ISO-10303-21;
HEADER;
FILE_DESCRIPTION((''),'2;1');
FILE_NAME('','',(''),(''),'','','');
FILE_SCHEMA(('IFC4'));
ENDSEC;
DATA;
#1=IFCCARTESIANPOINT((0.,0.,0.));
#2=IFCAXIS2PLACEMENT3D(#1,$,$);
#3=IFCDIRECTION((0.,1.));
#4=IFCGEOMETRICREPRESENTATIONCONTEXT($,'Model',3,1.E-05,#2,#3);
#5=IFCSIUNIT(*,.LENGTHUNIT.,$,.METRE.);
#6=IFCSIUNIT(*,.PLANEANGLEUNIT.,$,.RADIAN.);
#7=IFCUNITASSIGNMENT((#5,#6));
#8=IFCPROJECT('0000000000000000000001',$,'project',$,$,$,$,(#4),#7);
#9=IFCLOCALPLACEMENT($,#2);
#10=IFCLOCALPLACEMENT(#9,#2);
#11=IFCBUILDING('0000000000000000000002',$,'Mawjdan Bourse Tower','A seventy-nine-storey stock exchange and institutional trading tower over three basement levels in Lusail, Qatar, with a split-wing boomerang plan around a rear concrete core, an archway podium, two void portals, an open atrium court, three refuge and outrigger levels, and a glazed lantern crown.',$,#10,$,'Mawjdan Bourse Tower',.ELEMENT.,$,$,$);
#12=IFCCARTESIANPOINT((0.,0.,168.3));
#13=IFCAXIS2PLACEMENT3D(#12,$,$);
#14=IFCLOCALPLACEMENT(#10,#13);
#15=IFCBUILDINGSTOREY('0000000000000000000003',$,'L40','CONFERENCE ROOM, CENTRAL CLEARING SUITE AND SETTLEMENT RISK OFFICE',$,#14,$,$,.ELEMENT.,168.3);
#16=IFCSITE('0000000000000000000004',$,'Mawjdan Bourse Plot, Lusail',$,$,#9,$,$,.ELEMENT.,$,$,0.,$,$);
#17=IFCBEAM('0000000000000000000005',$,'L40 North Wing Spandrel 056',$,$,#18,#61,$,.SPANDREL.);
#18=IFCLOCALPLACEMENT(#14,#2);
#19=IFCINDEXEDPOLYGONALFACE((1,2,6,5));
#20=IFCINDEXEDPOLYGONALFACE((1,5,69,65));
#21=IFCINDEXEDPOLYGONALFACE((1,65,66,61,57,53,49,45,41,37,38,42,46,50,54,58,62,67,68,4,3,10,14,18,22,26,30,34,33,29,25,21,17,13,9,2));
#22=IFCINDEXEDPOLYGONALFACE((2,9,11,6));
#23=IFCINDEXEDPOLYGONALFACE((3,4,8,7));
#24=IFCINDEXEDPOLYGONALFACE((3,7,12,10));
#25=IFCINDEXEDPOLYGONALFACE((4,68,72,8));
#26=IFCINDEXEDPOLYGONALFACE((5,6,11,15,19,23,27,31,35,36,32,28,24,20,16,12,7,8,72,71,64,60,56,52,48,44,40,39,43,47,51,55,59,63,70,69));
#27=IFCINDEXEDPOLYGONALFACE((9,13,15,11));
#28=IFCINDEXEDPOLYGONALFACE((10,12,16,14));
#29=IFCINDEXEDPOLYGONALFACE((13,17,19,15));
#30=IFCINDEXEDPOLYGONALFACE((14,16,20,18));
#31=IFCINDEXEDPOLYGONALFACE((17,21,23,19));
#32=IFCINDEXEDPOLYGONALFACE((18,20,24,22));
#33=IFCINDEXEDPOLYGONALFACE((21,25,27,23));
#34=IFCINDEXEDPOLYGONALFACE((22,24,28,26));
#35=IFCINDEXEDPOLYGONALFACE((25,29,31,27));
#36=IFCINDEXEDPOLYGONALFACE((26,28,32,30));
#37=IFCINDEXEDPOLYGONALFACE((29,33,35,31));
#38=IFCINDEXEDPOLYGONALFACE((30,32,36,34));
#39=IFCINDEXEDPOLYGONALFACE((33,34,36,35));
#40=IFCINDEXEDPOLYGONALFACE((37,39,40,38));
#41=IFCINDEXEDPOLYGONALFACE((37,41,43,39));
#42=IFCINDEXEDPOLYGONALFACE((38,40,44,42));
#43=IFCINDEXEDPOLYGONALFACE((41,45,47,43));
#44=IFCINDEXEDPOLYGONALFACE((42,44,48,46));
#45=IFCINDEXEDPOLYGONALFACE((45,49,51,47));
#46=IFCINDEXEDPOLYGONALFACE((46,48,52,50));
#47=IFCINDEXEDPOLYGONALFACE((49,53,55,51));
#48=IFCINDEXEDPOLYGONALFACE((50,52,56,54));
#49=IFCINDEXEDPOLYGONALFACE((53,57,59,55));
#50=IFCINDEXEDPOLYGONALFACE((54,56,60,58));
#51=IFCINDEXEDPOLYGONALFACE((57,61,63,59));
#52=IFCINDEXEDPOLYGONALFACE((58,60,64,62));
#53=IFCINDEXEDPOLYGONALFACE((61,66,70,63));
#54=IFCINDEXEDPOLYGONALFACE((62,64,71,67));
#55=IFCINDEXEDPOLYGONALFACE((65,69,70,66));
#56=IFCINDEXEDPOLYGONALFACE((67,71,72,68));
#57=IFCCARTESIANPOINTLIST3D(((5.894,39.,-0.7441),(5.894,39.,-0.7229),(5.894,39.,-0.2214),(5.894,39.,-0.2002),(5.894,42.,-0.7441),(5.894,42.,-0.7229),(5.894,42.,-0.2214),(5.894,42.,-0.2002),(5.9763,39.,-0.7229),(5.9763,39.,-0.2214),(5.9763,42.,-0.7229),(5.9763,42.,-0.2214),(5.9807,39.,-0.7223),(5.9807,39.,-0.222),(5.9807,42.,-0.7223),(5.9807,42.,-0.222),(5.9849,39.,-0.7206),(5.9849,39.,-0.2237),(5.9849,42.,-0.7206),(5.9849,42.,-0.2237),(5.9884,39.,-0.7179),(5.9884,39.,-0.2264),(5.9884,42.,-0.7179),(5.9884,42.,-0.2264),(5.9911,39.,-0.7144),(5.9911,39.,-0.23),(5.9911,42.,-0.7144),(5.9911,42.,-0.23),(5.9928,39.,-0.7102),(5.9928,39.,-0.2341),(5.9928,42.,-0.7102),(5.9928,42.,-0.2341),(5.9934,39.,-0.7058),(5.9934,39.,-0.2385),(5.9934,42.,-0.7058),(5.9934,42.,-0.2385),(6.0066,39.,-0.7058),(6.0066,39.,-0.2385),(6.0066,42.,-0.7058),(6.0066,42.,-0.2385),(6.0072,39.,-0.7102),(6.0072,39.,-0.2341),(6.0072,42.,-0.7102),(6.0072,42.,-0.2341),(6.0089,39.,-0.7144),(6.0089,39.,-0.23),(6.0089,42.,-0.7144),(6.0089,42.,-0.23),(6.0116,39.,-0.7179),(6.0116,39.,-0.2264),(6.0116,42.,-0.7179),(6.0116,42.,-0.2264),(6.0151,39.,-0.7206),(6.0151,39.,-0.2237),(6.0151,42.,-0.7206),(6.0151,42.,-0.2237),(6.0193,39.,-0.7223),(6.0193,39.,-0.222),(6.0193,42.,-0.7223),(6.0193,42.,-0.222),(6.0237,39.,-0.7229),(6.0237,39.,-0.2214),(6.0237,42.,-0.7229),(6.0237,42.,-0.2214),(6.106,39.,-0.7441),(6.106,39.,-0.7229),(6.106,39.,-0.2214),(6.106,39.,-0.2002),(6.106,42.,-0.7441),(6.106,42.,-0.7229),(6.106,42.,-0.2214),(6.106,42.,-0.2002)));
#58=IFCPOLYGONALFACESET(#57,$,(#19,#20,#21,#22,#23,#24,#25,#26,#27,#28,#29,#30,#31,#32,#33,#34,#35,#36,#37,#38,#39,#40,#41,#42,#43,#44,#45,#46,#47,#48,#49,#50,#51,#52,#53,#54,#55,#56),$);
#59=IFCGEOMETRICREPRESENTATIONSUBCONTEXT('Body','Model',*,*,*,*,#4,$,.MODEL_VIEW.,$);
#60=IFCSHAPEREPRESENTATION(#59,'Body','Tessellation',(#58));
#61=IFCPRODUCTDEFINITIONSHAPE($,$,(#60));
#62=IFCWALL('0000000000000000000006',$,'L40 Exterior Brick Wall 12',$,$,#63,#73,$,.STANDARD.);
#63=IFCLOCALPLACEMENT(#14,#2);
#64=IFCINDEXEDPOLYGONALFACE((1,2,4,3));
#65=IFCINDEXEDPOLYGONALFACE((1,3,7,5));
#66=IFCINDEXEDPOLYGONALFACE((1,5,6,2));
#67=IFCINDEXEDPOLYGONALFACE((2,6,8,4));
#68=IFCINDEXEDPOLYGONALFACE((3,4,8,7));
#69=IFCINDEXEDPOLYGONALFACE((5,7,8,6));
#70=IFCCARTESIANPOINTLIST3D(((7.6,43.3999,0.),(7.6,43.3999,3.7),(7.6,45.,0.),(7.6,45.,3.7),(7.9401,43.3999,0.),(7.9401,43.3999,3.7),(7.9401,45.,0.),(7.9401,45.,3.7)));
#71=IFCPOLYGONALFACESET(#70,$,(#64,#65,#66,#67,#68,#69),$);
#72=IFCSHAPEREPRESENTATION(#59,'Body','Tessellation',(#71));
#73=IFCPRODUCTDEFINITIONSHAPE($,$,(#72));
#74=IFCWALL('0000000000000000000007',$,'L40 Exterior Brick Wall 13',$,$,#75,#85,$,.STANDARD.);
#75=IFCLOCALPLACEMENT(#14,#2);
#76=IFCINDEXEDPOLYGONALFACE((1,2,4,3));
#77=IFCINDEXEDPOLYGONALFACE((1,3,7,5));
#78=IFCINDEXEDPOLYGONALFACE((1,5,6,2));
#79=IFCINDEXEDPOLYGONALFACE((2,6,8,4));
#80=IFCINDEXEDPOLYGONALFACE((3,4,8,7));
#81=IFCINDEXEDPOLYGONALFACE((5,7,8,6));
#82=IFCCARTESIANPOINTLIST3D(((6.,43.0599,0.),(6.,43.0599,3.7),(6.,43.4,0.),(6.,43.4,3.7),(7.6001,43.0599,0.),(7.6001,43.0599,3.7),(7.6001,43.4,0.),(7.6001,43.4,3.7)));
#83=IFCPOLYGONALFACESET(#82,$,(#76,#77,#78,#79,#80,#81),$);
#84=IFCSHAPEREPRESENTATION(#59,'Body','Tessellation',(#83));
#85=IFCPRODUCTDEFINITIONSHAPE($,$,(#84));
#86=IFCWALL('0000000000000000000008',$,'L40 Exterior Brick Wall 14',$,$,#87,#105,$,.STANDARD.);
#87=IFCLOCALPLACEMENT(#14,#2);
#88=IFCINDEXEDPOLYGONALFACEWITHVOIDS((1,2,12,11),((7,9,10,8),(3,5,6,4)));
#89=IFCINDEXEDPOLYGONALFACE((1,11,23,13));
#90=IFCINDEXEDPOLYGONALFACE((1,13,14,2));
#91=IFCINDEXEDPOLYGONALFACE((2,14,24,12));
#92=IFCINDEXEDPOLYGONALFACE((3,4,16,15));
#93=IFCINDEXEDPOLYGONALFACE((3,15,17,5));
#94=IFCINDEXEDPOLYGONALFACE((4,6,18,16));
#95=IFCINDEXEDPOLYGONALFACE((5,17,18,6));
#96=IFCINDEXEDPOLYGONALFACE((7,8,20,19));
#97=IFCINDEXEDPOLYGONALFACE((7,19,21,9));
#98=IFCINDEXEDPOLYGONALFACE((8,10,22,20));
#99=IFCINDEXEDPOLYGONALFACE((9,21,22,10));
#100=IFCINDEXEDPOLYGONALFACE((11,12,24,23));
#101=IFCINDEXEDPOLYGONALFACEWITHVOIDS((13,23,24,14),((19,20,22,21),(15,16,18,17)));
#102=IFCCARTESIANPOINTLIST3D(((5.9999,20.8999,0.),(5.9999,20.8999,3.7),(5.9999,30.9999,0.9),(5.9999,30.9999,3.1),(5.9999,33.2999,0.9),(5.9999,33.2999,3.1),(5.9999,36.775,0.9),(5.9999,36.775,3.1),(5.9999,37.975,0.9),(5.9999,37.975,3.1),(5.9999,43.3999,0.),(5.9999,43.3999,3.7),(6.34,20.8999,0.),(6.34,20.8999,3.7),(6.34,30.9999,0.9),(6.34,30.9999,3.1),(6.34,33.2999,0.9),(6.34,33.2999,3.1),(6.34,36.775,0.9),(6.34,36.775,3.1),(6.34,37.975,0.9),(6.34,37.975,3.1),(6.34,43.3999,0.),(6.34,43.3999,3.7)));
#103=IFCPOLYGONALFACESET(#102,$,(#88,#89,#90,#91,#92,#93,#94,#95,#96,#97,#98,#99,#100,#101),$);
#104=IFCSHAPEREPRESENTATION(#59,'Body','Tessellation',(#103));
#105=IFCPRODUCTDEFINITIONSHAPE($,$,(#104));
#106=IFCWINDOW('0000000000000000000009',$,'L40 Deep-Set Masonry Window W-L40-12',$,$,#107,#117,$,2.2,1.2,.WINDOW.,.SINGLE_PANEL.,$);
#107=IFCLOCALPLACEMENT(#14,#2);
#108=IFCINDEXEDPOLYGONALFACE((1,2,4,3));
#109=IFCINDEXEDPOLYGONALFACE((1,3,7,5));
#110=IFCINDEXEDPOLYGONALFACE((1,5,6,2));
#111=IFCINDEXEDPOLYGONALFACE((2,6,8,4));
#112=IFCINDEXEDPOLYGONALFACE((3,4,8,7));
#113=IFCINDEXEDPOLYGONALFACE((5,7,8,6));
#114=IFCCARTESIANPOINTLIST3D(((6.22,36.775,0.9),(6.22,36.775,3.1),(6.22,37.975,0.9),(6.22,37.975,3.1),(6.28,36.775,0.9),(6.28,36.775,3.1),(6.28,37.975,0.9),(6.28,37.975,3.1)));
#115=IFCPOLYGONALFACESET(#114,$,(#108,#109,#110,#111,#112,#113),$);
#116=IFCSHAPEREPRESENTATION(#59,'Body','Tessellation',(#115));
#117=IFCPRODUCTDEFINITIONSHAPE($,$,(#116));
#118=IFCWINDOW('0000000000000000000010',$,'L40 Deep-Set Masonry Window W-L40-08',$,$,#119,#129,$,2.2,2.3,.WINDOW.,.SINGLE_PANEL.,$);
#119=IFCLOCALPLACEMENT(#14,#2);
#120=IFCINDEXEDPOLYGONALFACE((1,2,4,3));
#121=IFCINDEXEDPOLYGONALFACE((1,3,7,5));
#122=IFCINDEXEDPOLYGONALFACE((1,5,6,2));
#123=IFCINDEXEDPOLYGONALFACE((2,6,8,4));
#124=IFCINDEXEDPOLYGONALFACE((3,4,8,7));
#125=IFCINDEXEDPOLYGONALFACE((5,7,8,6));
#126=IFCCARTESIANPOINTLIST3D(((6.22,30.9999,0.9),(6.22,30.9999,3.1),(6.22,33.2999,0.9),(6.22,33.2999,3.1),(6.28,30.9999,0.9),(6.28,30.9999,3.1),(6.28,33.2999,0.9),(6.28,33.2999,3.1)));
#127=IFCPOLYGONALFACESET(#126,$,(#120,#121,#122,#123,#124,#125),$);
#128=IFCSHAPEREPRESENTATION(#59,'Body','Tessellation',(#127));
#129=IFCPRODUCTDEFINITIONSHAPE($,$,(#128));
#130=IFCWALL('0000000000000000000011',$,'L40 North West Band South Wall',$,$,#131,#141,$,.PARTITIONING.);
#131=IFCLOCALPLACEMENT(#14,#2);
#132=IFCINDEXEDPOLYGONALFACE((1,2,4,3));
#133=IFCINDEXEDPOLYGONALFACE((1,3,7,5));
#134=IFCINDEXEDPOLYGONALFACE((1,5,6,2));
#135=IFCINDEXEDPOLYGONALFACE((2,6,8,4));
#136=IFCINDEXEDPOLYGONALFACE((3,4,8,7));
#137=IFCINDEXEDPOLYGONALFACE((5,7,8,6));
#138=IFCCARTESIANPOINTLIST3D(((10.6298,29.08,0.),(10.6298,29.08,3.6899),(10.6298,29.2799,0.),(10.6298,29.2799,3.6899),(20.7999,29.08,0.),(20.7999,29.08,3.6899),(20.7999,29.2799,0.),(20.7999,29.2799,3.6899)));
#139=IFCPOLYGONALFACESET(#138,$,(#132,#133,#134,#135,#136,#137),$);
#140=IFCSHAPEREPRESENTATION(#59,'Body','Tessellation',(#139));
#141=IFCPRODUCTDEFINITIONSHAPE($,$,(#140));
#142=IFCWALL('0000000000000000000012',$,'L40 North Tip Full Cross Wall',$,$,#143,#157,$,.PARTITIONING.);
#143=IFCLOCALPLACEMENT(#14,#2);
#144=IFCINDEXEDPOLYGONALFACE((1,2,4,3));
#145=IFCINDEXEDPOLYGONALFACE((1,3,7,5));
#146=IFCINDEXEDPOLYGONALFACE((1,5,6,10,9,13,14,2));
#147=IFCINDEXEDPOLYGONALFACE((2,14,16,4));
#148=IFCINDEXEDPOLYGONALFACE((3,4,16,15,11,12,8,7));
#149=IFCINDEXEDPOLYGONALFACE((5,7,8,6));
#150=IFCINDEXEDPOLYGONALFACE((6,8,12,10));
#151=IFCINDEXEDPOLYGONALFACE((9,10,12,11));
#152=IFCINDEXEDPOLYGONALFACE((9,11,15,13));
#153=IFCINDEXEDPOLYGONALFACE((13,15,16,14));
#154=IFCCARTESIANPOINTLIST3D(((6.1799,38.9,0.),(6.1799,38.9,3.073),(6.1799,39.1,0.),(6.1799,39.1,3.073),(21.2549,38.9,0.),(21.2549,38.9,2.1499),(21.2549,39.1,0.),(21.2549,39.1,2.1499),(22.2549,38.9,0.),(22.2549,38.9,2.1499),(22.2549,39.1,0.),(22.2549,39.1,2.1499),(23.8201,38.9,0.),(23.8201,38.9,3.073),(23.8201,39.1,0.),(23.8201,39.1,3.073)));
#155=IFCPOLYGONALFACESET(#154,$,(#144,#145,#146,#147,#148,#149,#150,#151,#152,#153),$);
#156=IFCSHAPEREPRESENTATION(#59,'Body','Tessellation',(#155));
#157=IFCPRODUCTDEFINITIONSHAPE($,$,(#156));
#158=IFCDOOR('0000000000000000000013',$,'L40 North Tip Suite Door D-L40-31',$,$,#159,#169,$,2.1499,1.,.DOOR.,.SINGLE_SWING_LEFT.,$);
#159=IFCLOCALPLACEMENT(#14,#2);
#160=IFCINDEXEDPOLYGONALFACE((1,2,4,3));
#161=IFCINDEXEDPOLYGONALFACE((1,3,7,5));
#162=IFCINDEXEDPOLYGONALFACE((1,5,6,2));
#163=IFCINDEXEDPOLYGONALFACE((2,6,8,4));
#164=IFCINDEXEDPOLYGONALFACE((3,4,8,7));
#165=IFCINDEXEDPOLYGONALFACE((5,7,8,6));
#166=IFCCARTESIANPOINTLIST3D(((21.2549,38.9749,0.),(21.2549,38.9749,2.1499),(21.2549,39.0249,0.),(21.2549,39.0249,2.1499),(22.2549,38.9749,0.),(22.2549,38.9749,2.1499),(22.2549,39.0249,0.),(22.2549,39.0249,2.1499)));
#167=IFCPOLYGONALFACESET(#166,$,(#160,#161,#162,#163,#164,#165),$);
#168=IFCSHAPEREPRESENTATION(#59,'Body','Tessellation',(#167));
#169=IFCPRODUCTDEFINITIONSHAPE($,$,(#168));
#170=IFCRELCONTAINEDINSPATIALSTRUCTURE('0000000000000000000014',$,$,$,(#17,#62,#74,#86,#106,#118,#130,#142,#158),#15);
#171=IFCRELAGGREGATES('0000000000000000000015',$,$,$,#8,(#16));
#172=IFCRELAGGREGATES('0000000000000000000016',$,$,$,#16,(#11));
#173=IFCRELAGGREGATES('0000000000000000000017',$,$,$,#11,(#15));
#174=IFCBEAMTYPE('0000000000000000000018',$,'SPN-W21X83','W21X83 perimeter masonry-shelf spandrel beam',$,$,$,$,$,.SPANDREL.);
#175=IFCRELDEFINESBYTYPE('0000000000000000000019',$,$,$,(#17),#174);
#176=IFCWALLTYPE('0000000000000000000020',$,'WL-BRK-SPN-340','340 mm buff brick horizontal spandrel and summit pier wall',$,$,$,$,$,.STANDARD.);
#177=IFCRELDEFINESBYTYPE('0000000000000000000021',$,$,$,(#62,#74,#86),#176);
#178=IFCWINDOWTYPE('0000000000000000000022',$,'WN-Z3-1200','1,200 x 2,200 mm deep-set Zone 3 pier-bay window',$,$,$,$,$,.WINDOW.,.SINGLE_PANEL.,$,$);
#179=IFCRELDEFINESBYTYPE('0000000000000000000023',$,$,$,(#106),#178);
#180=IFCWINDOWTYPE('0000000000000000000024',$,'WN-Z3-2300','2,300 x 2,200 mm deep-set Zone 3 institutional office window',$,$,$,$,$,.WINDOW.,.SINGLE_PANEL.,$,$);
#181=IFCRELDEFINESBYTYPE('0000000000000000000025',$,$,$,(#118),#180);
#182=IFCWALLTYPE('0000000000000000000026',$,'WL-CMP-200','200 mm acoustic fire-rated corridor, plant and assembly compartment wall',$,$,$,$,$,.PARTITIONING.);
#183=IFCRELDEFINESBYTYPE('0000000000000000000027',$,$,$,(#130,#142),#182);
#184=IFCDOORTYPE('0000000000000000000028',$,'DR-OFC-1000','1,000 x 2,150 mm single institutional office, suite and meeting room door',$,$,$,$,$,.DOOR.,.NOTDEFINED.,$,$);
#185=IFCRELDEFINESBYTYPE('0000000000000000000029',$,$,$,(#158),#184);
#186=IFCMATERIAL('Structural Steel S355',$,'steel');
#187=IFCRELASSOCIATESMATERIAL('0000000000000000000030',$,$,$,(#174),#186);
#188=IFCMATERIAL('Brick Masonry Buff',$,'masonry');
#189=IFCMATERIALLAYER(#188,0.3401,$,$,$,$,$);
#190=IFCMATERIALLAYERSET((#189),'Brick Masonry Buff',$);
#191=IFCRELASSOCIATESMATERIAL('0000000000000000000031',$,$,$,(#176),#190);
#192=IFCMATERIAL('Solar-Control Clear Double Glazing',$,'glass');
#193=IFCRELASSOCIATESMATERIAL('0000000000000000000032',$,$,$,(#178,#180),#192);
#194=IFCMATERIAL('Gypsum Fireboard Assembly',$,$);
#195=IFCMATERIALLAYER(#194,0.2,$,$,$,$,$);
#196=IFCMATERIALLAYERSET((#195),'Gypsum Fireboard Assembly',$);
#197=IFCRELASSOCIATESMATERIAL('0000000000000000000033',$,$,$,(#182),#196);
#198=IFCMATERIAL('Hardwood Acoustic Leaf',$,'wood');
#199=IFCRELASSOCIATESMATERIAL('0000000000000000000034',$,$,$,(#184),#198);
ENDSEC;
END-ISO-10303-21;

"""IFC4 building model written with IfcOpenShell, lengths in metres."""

from ifc_helpers import new_model, si_unit, direction, frame, frame_2d, origin, origin_2d, place, context, subcontext, project, spatial, rectangle, i_section, extrude, material, layer, layer_set, material_profile, profile_set, type_object, element, fill, save


model = new_model("IFC4")

# Units and contexts
model_context = context("Model", 3, precision=1e-05, world=origin(), true_north=direction((0.0, 1.0)))
body_context = subcontext(model_context, "Body", "Model", "MODEL_VIEW")
ifc_project = project(units=[si_unit("LENGTHUNIT", "METRE"), si_unit("PLANEANGLEUNIT", "RADIAN")], contexts=[model_context])

# Site, building, storey
site_placement = place(None, origin())
site = spatial("IfcSite", under=ifc_project, at=site_placement, Name="Mawjdan Bourse Plot, Lusail", CompositionType="ELEMENT", RefElevation=0.0)
building_placement = place(site_placement, origin())
building = spatial("IfcBuilding", under=site, at=building_placement, Name="Mawjdan Bourse Tower", Description="A seventy-nine-storey stock exchange and institutional trading tower over three basement levels in Lusail, Qatar, with a split-wing boomerang plan around a rear concrete core, an archway podium, two void portals, an open atrium court, three refuge and outrigger levels, and a glazed lantern crown.", LongName="Mawjdan Bourse Tower", CompositionType="ELEMENT")
storey_placement = place(building_placement, frame((0.0, 0.0, 168.3)))
storey = spatial("IfcBuildingStorey", under=building, at=storey_placement, Name="L40", Description="CONFERENCE ROOM, CENTRAL CLEARING SUITE AND SETTLEMENT RISK OFFICE", CompositionType="ELEMENT", Elevation=168.3)

# Beam
ifc_material_1 = material(Name="Structural Steel S355", Category="steel")
ifc_material_profile_1 = material_profile(ifc_material_1, i_section(OverallWidth=0.2119, OverallDepth=0.5439, WebThickness=0.0132, FlangeThickness=0.0212, FilletRadius=0.0171, at=origin_2d()), Name="W21X83")
ifc_profile_set_1 = profile_set([ifc_material_profile_1], Name="Structural Steel S355")
beam_type_1 = type_object("IfcBeamType", Name="SPN-W21X83", Description="W21X83 perimeter masonry-shelf spandrel beam", PredefinedType="SPANDREL", material=ifc_profile_set_1)
for number, where, z_axis, x_axis, name in (
    (1, (6.0, 39.0, -0.4722), (0.0, 1.0, 0.0), (-1.0, 0.0, 0.0), "L40 North Wing Spandrel 056"),
):
    element("IfcBeam", number, at=place(storey_placement, frame(where, z_axis=z_axis, x_axis=x_axis)), inside=storey, type_object=beam_type_1, Name=name, PredefinedType="SPANDREL", context=body_context, shape_type="SweptSolid", body=[
        extrude(i_section(OverallWidth=0.2119, OverallDepth=0.5439, WebThickness=0.0132, FlangeThickness=0.0212, FilletRadius=0.0171, at=origin_2d()), origin(), (0.0, 0.0, 1.0), 3.0),
    ])

# Walls
ifc_material_2 = material(Name="Brick Masonry Buff", Category="masonry")
ifc_layer_1 = layer(ifc_material_2, 0.3401)
ifc_layer_set_1 = layer_set([ifc_layer_1], Name="Brick Masonry Buff")
wall_type_1 = type_object("IfcWallType", Name="WL-BRK-SPN-340", Description="340 mm buff brick horizontal spandrel and summit pier wall", PredefinedType="STANDARD", material=ifc_layer_set_1)
for number, where, z_axis, x_axis, name in (
    (2, (7.77, 45.0, 0.0), (0.0, 0.0, 1.0), (0.0, -1.0, 0.0), "L40 Exterior Brick Wall 12"),
    (3, (7.6001, 43.23, 0.0), (0.0, 0.0, 1.0), (-1.0, 0.0, 0.0), "L40 Exterior Brick Wall 13"),
):
    element("IfcWall", number, at=place(storey_placement, frame(where, z_axis=z_axis, x_axis=x_axis)), inside=storey, type_object=wall_type_1, Name=name, PredefinedType="STANDARD", context=body_context, shape_type="SweptSolid", body=[
        extrude(rectangle(XDim=1.6001, YDim=0.3401, at=frame_2d((0.8, 0.0))), origin(), (0.0, 0.0, 1.0), 3.7),
    ])

# Wall, openings, windows
wall_1_placement = place(storey_placement, frame((6.1699, 43.3999, 0.0), z_axis=(0.0, 0.0, 1.0), x_axis=(0.0, -1.0, 0.0)))
wall_1 = element("IfcWall", 4, at=wall_1_placement, inside=storey, type_object=wall_type_1, Name="L40 Exterior Brick Wall 14", PredefinedType="STANDARD", context=body_context, shape_type="SweptSolid", body=[
    extrude(rectangle(XDim=22.5, YDim=0.3401, at=frame_2d((11.25, 0.0))), origin(), (0.0, 0.0, 1.0), 3.7),
])
opening_1_placement = place(wall_1_placement, frame((10.1001, 0.0, 0.8999)))
opening_1 = element("IfcOpeningElement", 5, at=opening_1_placement, cuts=wall_1, PredefinedType="OPENING", context=body_context, shape_type="SweptSolid", body=[
    extrude(rectangle(XDim=2.3, YDim=2.2, at=frame_2d((1.1499, 1.1001))), frame((0.0, 0.1802, 0.0), z_axis=(0.0, -1.0, 0.0), x_axis=(1.0, 0.0, 0.0)), (0.0, 0.0, 1.0), 0.3601),
])
opening_2_placement = place(wall_1_placement, frame((5.4248, 0.0, 0.8999)))
opening_2 = element("IfcOpeningElement", 6, at=opening_2_placement, cuts=wall_1, PredefinedType="OPENING", context=body_context, shape_type="SweptSolid", body=[
    extrude(rectangle(XDim=1.2, YDim=2.2, at=frame_2d((0.6001, 1.1001))), frame((0.0, 0.1802, 0.0), z_axis=(0.0, -1.0, 0.0), x_axis=(1.0, 0.0, 0.0)), (0.0, 0.0, 1.0), 0.3601),
])
ifc_material_3 = material(Name="Solar-Control Clear Double Glazing", Category="glass")
window_type_1 = type_object("IfcWindowType", Name="WN-Z3-1200", Description="1,200 x 2,200 mm deep-set Zone 3 pier-bay window", PartitioningType="SINGLE_PANEL", PredefinedType="WINDOW", material=ifc_material_3)
window_1_placement = place(opening_2_placement, origin())
window_1 = element("IfcWindow", 7, at=window_1_placement, inside=storey, type_object=window_type_1, Name="L40 Deep-Set Masonry Window W-L40-12", OverallHeight=2.2, OverallWidth=1.2, PartitioningType="SINGLE_PANEL", PredefinedType="WINDOW", context=body_context, shape_type="SweptSolid", body=[
    extrude(rectangle(XDim=1.2, YDim=2.2, at=frame_2d((0.6001, 1.1001))), frame((0.0, 0.1101, 0.0), z_axis=(0.0, -1.0, 0.0), x_axis=(1.0, 0.0, 0.0)), (0.0, 0.0, 1.0), 0.0601),
])
fill(opening_2, window_1)
window_type_2 = type_object("IfcWindowType", Name="WN-Z3-2300", Description="2,300 x 2,200 mm deep-set Zone 3 institutional office window", PartitioningType="SINGLE_PANEL", PredefinedType="WINDOW", material=ifc_material_3)
window_2_placement = place(opening_1_placement, origin())
window_2 = element("IfcWindow", 8, at=window_2_placement, inside=storey, type_object=window_type_2, Name="L40 Deep-Set Masonry Window W-L40-08", OverallHeight=2.2, OverallWidth=2.3, PartitioningType="SINGLE_PANEL", PredefinedType="WINDOW", context=body_context, shape_type="SweptSolid", body=[
    extrude(rectangle(XDim=2.3, YDim=2.2, at=frame_2d((1.1499, 1.1001))), frame((0.0, 0.1101, 0.0), z_axis=(0.0, -1.0, 0.0), x_axis=(1.0, 0.0, 0.0)), (0.0, 0.0, 1.0), 0.0601),
])
fill(opening_1, window_2)

# Wall
ifc_material_4 = material(Name="Gypsum Fireboard Assembly")
ifc_layer_2 = layer(ifc_material_4, 0.2)
ifc_layer_set_2 = layer_set([ifc_layer_2], Name="Gypsum Fireboard Assembly")
wall_type_2 = type_object("IfcWallType", Name="WL-CMP-200", Description="200 mm acoustic fire-rated corridor, plant and assembly compartment wall", PredefinedType="PARTITIONING", material=ifc_layer_set_2)
wall_2_placement = place(storey_placement, frame((10.6299, 29.1799, 0.0), z_axis=(0.0, 0.0, 1.0), x_axis=(1.0, 0.0, 0.0)))
element("IfcWall", 9, at=wall_2_placement, inside=storey, type_object=wall_type_2, Name="L40 North West Band South Wall", PredefinedType="PARTITIONING", context=body_context, shape_type="SweptSolid", body=[
    extrude(rectangle(XDim=10.1702, YDim=0.2, at=frame_2d((5.085, 0.0))), origin(), (0.0, 0.0, 1.0), 3.6899),
])

# Wall, opening, door
wall_3_placement = place(storey_placement, frame((6.1799, 39.0, 0.0), z_axis=(0.0, 0.0, 1.0), x_axis=(1.0, 0.0, 0.0)))
wall_3 = element("IfcWall", 10, at=wall_3_placement, inside=storey, type_object=wall_type_2, Name="L40 North Tip Full Cross Wall", PredefinedType="PARTITIONING", context=body_context, shape_type="SweptSolid", body=[
    extrude(rectangle(XDim=17.6401, YDim=0.2, at=frame_2d((8.8201, 0.0))), origin(), (0.0, 0.0, 1.0), 3.073),
])
opening_3_placement = place(wall_3_placement, frame((15.075, 0.0, 0.0)))
opening_3 = element("IfcOpeningElement", 11, at=opening_3_placement, cuts=wall_3, PredefinedType="OPENING", context=body_context, shape_type="SweptSolid", body=[
    extrude(rectangle(XDim=1.0, YDim=2.1499, at=frame_2d((0.5, 1.075))), frame((0.0, 0.1099, 0.0), z_axis=(0.0, -1.0, 0.0), x_axis=(1.0, 0.0, 0.0)), (0.0, 0.0, 1.0), 0.22),
])
ifc_material_5 = material(Name="Hardwood Acoustic Leaf", Category="wood")
door_type = type_object("IfcDoorType", Name="DR-OFC-1000", Description="1,000 x 2,150 mm single institutional office, suite and meeting room door", OperationType="NOTDEFINED", PredefinedType="DOOR", material=ifc_material_5)
door_placement = place(opening_3_placement, origin())
door = element("IfcDoor", 12, at=door_placement, inside=storey, type_object=door_type, Name="L40 North Tip Suite Door D-L40-31", OperationType="SINGLE_SWING_LEFT", OverallHeight=2.1499, OverallWidth=1.0, PredefinedType="DOOR", context=body_context, shape_type="SweptSolid", body=[
    extrude(rectangle(XDim=1.0, YDim=2.1499, at=frame_2d((0.5, 1.075))), frame((0.0, 0.0249, 0.0), z_axis=(0.0, -1.0, 0.0), x_axis=(1.0, 0.0, 0.0)), (0.0, 0.0, 1.0), 0.05),
])
fill(opening_3, door)

save(model, "model.ifc")
